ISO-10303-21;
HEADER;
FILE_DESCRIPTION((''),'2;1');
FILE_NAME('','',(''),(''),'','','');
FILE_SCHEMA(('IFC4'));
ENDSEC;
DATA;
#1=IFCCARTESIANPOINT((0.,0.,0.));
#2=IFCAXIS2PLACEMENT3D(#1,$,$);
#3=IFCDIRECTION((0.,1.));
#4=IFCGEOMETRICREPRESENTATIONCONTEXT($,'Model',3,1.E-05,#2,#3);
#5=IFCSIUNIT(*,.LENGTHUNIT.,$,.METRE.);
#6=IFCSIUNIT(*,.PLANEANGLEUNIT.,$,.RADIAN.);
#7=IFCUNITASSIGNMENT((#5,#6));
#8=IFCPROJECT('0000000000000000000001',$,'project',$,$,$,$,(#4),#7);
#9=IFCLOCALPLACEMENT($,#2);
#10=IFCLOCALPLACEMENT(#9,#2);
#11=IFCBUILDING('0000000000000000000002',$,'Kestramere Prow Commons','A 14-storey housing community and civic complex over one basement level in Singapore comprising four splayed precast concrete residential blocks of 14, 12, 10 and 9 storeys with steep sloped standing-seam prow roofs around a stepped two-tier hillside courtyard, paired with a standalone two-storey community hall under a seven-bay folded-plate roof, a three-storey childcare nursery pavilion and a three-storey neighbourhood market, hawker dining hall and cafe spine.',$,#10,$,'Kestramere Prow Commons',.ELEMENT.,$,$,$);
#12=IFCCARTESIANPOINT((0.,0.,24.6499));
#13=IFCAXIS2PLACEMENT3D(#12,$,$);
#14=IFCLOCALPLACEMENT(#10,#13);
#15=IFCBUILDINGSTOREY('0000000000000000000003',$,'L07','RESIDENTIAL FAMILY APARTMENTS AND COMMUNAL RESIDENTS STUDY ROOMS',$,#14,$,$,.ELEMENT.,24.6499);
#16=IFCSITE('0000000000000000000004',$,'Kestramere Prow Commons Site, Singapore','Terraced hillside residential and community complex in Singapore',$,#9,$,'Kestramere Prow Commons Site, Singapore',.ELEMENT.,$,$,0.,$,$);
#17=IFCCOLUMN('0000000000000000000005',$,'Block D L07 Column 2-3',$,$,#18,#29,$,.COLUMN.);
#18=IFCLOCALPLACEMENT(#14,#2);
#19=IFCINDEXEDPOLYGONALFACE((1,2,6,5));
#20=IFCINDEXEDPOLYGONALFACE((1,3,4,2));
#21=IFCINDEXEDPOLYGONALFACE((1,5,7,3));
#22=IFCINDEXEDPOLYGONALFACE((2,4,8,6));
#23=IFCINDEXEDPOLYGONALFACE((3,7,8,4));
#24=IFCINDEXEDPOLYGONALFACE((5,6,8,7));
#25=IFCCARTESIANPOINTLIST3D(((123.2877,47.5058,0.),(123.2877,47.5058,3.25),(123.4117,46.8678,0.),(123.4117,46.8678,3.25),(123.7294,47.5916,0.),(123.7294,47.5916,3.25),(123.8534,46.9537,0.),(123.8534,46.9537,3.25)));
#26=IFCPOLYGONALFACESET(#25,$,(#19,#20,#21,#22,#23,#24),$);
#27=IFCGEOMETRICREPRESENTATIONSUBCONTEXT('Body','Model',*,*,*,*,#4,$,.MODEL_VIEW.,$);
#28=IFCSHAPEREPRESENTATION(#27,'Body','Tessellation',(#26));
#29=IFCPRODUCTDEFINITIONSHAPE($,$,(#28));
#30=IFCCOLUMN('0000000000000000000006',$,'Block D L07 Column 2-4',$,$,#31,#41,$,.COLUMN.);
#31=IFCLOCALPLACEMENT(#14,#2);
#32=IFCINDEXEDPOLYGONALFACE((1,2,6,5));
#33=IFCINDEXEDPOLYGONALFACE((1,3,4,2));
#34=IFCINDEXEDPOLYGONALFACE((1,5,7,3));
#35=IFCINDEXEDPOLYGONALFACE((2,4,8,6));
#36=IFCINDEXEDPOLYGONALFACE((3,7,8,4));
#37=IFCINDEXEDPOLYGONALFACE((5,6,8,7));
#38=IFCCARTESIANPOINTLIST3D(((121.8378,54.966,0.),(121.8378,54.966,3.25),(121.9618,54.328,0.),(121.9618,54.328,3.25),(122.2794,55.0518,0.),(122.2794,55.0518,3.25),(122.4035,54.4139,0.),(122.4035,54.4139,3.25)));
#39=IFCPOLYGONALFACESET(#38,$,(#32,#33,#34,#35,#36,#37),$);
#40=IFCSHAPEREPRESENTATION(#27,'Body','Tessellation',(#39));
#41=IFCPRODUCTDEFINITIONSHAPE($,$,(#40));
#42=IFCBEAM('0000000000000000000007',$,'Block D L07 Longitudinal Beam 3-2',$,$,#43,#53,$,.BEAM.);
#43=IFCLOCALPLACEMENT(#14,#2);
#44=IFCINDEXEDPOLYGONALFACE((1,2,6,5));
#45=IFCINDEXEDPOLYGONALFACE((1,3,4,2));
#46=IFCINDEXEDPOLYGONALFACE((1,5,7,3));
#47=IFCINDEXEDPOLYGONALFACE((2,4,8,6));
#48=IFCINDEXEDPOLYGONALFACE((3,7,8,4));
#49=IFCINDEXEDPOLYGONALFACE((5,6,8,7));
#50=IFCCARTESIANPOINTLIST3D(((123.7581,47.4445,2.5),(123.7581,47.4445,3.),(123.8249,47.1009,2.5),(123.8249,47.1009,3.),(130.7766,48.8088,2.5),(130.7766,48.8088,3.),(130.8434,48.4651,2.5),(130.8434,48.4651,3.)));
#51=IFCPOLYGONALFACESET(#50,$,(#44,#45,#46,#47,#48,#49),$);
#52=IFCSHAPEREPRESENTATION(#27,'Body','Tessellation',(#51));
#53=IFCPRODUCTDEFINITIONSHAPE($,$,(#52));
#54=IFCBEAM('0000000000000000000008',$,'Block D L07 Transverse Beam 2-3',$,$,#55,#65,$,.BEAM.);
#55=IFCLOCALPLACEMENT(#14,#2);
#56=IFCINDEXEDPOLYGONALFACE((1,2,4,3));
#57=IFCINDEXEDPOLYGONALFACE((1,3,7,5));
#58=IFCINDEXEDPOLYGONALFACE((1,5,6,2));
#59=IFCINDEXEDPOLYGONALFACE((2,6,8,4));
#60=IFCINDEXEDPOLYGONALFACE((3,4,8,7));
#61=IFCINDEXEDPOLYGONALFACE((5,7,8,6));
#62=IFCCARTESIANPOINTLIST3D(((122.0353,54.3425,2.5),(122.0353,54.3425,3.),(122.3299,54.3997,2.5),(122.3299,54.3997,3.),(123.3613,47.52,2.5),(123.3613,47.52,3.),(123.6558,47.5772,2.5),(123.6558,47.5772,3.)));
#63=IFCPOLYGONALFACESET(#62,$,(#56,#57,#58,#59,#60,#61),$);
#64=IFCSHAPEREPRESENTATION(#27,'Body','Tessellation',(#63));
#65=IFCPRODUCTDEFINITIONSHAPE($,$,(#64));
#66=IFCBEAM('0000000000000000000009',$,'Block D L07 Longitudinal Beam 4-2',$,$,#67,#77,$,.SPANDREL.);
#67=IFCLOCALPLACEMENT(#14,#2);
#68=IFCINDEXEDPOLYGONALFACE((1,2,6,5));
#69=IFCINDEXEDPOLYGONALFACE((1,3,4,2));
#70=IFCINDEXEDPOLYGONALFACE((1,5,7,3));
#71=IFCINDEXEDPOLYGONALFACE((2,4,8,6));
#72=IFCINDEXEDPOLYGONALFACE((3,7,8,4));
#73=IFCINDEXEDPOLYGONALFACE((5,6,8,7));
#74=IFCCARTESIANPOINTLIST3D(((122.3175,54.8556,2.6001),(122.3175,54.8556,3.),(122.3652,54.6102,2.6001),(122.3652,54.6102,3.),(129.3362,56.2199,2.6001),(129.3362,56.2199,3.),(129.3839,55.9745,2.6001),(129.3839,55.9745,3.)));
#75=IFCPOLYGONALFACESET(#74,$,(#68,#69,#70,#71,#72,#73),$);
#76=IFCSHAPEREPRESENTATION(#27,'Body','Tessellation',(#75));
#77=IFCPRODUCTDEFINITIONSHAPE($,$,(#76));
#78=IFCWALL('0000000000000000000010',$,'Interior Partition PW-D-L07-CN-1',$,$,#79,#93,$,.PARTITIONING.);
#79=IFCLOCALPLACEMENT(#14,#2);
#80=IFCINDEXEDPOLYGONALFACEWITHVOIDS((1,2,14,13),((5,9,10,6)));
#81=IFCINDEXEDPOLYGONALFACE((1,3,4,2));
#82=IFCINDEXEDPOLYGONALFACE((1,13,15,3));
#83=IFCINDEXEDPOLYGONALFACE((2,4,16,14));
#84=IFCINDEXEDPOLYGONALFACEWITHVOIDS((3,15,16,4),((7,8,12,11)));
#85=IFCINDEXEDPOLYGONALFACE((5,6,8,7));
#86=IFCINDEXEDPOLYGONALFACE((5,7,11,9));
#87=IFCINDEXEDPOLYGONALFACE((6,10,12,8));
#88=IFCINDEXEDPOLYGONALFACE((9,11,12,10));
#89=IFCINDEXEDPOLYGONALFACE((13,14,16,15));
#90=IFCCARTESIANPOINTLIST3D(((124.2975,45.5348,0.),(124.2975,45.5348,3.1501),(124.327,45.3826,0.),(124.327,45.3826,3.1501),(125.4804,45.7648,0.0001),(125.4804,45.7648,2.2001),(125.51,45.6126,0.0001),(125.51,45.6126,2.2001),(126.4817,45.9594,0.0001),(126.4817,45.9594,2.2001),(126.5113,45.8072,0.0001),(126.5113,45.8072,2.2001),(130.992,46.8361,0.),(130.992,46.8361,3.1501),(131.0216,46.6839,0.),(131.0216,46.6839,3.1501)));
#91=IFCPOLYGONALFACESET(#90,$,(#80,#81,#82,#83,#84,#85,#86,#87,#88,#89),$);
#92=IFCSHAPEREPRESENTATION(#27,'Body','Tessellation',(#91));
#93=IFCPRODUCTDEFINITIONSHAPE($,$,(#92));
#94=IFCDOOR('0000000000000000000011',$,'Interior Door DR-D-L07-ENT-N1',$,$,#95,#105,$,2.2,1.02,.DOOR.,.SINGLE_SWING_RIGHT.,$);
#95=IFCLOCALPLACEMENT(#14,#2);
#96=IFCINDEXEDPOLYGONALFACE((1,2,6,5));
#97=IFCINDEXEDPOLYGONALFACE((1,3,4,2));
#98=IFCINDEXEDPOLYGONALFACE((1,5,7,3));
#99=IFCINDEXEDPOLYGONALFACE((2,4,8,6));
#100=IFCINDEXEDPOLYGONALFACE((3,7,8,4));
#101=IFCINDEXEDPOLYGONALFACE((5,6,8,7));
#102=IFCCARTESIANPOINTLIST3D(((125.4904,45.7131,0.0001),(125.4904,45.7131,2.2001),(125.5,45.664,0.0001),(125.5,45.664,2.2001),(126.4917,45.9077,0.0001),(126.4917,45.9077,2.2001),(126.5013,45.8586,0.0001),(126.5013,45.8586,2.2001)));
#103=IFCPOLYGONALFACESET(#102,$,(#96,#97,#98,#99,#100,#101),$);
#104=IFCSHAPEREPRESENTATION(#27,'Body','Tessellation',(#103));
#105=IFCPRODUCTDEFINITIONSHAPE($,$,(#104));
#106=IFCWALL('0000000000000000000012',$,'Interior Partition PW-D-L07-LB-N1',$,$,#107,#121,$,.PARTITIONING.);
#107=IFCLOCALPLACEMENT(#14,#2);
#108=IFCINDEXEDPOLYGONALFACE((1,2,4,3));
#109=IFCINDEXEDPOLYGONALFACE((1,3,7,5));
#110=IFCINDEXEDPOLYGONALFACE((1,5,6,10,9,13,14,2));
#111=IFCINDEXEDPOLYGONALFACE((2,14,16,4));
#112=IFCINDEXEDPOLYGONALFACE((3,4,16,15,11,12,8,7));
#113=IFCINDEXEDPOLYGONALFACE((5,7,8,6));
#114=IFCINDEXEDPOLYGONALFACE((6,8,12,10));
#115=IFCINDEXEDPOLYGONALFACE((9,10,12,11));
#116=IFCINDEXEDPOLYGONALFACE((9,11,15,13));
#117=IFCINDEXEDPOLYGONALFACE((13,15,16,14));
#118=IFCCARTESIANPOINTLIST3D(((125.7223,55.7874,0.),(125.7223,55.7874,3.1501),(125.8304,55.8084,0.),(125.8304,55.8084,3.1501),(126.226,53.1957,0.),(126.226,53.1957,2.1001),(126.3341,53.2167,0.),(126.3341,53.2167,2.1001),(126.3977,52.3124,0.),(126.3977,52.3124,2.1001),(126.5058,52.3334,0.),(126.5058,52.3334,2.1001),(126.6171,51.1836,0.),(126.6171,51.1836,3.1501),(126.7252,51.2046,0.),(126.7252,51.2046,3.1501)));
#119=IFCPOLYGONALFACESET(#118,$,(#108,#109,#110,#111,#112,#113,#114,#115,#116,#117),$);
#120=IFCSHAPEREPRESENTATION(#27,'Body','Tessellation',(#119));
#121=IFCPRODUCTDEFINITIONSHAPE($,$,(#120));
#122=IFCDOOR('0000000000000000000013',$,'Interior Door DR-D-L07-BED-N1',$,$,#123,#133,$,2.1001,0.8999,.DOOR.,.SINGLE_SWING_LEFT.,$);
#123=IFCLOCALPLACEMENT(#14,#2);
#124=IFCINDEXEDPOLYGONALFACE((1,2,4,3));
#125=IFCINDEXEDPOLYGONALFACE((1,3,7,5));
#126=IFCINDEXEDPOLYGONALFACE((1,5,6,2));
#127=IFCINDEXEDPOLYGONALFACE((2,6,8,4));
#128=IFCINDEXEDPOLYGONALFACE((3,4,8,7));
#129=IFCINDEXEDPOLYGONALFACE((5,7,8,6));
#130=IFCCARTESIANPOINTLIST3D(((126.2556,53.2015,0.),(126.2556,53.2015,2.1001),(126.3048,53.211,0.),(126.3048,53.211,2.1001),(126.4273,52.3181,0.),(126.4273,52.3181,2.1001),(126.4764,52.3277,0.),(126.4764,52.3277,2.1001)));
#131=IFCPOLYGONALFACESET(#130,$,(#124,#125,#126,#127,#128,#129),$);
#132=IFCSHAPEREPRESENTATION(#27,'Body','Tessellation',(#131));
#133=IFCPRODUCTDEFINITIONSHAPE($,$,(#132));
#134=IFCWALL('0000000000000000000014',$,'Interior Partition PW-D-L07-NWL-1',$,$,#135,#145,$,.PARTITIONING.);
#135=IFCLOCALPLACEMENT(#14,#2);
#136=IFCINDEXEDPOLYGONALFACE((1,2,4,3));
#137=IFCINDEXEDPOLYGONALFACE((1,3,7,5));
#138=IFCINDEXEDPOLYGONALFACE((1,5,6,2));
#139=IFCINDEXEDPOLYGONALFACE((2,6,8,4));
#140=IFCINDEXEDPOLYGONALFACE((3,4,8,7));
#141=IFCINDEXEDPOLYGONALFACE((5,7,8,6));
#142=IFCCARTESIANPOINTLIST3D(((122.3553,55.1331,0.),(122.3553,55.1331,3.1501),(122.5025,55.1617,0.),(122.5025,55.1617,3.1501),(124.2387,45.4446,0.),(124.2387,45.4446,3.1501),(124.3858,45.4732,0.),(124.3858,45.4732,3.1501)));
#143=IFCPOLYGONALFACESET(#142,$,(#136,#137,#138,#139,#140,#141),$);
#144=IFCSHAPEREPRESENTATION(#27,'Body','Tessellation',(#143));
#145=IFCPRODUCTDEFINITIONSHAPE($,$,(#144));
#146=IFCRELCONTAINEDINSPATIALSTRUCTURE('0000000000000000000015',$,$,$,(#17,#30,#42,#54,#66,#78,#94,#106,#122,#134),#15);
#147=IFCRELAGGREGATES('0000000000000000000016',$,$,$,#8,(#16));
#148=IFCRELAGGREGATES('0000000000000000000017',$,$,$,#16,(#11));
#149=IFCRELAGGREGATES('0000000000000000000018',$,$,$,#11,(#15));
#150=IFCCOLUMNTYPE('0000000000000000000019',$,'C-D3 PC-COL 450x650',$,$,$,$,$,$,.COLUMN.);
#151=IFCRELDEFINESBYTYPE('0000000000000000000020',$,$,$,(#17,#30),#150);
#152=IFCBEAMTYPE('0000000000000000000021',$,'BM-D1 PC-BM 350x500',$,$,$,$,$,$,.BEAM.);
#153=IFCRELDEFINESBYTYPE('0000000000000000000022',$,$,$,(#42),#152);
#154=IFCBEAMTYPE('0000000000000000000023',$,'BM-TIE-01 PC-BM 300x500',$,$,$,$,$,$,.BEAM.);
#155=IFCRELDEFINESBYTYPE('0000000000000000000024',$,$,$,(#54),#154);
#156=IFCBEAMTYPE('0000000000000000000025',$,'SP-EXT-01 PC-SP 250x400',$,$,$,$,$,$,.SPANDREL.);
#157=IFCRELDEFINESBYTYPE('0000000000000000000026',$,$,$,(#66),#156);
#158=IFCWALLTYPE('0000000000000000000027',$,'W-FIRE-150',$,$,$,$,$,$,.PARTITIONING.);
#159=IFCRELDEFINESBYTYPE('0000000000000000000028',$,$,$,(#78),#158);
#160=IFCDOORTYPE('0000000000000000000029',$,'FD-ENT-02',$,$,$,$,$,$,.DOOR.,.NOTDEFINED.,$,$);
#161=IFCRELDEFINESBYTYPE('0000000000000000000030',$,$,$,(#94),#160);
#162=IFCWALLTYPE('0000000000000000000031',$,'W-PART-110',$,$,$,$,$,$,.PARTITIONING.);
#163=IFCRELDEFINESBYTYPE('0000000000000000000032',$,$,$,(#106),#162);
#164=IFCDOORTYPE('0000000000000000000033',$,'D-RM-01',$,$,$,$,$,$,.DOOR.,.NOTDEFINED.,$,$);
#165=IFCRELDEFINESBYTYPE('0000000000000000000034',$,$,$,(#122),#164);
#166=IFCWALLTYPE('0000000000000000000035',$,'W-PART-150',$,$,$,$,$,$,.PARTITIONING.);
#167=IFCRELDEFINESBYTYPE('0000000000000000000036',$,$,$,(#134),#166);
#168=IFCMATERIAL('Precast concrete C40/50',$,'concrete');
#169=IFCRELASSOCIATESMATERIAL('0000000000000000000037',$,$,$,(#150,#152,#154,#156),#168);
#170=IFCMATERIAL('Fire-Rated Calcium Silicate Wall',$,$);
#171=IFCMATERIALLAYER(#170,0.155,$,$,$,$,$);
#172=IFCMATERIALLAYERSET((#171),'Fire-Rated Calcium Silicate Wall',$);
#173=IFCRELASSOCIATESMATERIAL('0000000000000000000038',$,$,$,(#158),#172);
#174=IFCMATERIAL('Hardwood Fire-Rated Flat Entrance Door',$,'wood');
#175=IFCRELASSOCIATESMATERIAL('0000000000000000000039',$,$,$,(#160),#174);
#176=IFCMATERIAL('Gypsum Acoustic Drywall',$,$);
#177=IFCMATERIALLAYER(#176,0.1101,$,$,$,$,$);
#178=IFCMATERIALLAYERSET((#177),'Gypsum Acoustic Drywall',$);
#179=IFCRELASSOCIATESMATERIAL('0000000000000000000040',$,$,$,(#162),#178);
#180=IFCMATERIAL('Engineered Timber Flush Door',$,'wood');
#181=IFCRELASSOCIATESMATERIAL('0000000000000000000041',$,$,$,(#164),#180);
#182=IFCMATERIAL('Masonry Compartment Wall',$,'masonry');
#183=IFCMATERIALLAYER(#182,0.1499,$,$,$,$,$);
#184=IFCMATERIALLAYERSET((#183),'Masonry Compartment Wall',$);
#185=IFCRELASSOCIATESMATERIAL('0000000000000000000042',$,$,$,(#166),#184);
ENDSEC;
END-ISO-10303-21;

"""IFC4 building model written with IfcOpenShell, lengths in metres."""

from ifc_helpers import new_model, si_unit, direction, frame, frame_2d, origin, origin_2d, place, context, subcontext, project, spatial, rectangle, extrude, material, layer, layer_set, material_profile, profile_set, type_object, element, fill, save


model = new_model("IFC4")

# Units and contexts
model_context = context("Model", 3, precision=1e-05, world=origin(), true_north=direction((0.0, 1.0)))
body_context = subcontext(model_context, "Body", "Model", "MODEL_VIEW")
ifc_project = project(units=[si_unit("LENGTHUNIT", "METRE"), si_unit("PLANEANGLEUNIT", "RADIAN")], contexts=[model_context])

# Site, building, storey
site_placement = place(None, origin())
site = spatial("IfcSite", under=ifc_project, at=site_placement, Name="Kestramere Prow Commons Site, Singapore", Description="Terraced hillside residential and community complex in Singapore", LongName="Kestramere Prow Commons Site, Singapore", CompositionType="ELEMENT", RefElevation=0.0)
building_placement = place(site_placement, origin())
building = spatial("IfcBuilding", under=site, at=building_placement, Name="Kestramere Prow Commons", Description="A 14-storey housing community and civic complex over one basement level in Singapore comprising four splayed precast concrete residential blocks of 14, 12, 10 and 9 storeys with steep sloped standing-seam prow roofs around a stepped two-tier hillside courtyard, paired with a standalone two-storey community hall under a seven-bay folded-plate roof, a three-storey childcare nursery pavilion and a three-storey neighbourhood market, hawker dining hall and cafe spine.", LongName="Kestramere Prow Commons", CompositionType="ELEMENT")
storey_placement = place(building_placement, frame((0.0, 0.0, 24.6499)))
storey = spatial("IfcBuildingStorey", under=building, at=storey_placement, Name="L07", Description="RESIDENTIAL FAMILY APARTMENTS AND COMMUNAL RESIDENTS STUDY ROOMS", CompositionType="ELEMENT", Elevation=24.6499)

# Columns
ifc_material_1 = material(Name="Precast concrete C40/50", Category="concrete")
ifc_material_profile_1 = material_profile(ifc_material_1, rectangle(XDim=0.45, YDim=0.6499, at=origin_2d()), Name="PC-COL 450x650")
ifc_profile_set_1 = profile_set([ifc_material_profile_1], Name="Precast concrete C40/50")
column_type = type_object("IfcColumnType", Name="C-D3 PC-COL 450x650", PredefinedType="COLUMN", material=ifc_profile_set_1)
for number, where, z_axis, x_axis, name in (
    (1, (123.5706, 47.2297, 0.0), (0.0, 0.0, 1.0), (0.981627, 0.190809, 0.0), "Block D L07 Column 2-3"),
    (2, (122.1206, 54.6899, 0.0), (0.0, 0.0, 1.0), (0.981627, 0.190809, 0.0), "Block D L07 Column 2-4"),
):
    element("IfcColumn", number, at=place(storey_placement, frame(where, z_axis=z_axis, x_axis=x_axis)), inside=storey, type_object=column_type, Name=name, PredefinedType="COLUMN", context=body_context, shape_type="SweptSolid", body=[
        extrude(rectangle(XDim=0.45, YDim=0.6499, at=origin_2d()), origin(), (0.0, 0.0, 1.0), 3.25),
    ])

# Beams
ifc_material_profile_2 = material_profile(ifc_material_1, rectangle(XDim=0.3501, YDim=0.5, at=origin_2d()), Name="PC-BM 350x500")
ifc_profile_set_2 = profile_set([ifc_material_profile_2], Name="Precast concrete C40/50")
beam_type_1 = type_object("IfcBeamType", Name="BM-D1 PC-BM 350x500", PredefinedType="BEAM", material=ifc_profile_set_2)
beam_1_placement = place(storey_placement, frame((123.7915, 47.2727, 2.75), z_axis=(0.981627, 0.190808, 0.0), x_axis=(-0.190808, 0.981627, 0.0)))
element("IfcBeam", 3, at=beam_1_placement, inside=storey, type_object=beam_type_1, Name="Block D L07 Longitudinal Beam 3-2", PredefinedType="BEAM", context=body_context, shape_type="SweptSolid", body=[
    extrude(rectangle(XDim=0.3501, YDim=0.5, at=origin_2d()), origin(), (0.0, 0.0, 1.0), 7.1499),
])
ifc_material_profile_3 = material_profile(ifc_material_1, rectangle(XDim=0.3, YDim=0.5, at=origin_2d()), Name="PC-BM 300x500")
ifc_profile_set_3 = profile_set([ifc_material_profile_3], Name="Precast concrete C40/50")
beam_type_2 = type_object("IfcBeamType", Name="BM-TIE-01 PC-BM 300x500", PredefinedType="BEAM", material=ifc_profile_set_3)
beam_2_placement = place(storey_placement, frame((123.5085, 47.5486, 2.75), z_axis=(-0.190777, 0.981633, 0.0), x_axis=(-0.981633, -0.190777, 0.0)))
element("IfcBeam", 4, at=beam_2_placement, inside=storey, type_object=beam_type_2, Name="Block D L07 Transverse Beam 2-3", PredefinedType="BEAM", context=body_context, shape_type="SweptSolid", body=[
    extrude(rectangle(XDim=0.3, YDim=0.5, at=origin_2d()), origin(), (0.0, 0.0, 1.0), 6.9502),
])
ifc_material_profile_4 = material_profile(ifc_material_1, rectangle(XDim=0.25, YDim=0.3999, at=origin_2d()), Name="PC-SP 250x400")
ifc_profile_set_4 = profile_set([ifc_material_profile_4], Name="Precast concrete C40/50")
beam_type_3 = type_object("IfcBeamType", Name="SP-EXT-01 PC-SP 250x400", PredefinedType="SPANDREL", material=ifc_profile_set_4)
beam_3_placement = place(storey_placement, frame((122.3413, 54.7329, 2.8), z_axis=(0.981629, 0.190801, 0.0), x_axis=(-0.190801, 0.981629, 0.0)))
element("IfcBeam", 5, at=beam_3_placement, inside=storey, type_object=beam_type_3, Name="Block D L07 Longitudinal Beam 4-2", PredefinedType="SPANDREL", context=body_context, shape_type="SweptSolid", body=[
    extrude(rectangle(XDim=0.25, YDim=0.3999, at=origin_2d()), origin(), (0.0, 0.0, 1.0), 7.1501),
])

# Walls, openings, doors
ifc_material_2 = material(Name="Fire-Rated Calcium Silicate Wall")
ifc_layer_1 = layer(ifc_material_2, 0.155)
ifc_layer_set_1 = layer_set([ifc_layer_1], Name="Fire-Rated Calcium Silicate Wall")
wall_type_1 = type_object("IfcWallType", Name="W-FIRE-150", PredefinedType="PARTITIONING", material=ifc_layer_set_1)
wall_1_placement = place(storey_placement, frame((124.3123, 45.4587, 0.0), z_axis=(0.0, 0.0, 1.0), x_axis=(0.981628, 0.190805, 0.0)))
wall_1 = element("IfcWall", 6, at=wall_1_placement, inside=storey, type_object=wall_type_1, Name="Interior Partition PW-D-L07-CN-1", PredefinedType="PARTITIONING", context=body_context, shape_type="SweptSolid", body=[
    extrude(rectangle(XDim=6.8198, YDim=0.155, at=frame_2d((3.4099, 0.0))), origin(), (0.0, 0.0, 1.0), 3.1501),
])
opening_1_placement = place(wall_1_placement, frame((1.2051, 0.0, 0.0)))
opening_1 = element("IfcOpeningElement", 7, at=opening_1_placement, cuts=wall_1, PredefinedType="OPENING", context=body_context, shape_type="SweptSolid", body=[
    extrude(rectangle(XDim=1.02, YDim=2.2, at=frame_2d((0.51, 1.1001))), frame((0.0, 0.0925, 0.0), z_axis=(0.0, -1.0, 0.0), x_axis=(1.0, 0.0, 0.0)), (0.0, 0.0, 1.0), 0.1851),
])
ifc_material_3 = material(Name="Hardwood Fire-Rated Flat Entrance Door", Category="wood")
door_type_1 = type_object("IfcDoorType", Name="FD-ENT-02", OperationType="NOTDEFINED", PredefinedType="DOOR", material=ifc_material_3)
door_1_placement = place(opening_1_placement, origin())
door_1 = element("IfcDoor", 8, at=door_1_placement, inside=storey, type_object=door_type_1, Name="Interior Door DR-D-L07-ENT-N1", OperationType="SINGLE_SWING_RIGHT", OverallHeight=2.2, OverallWidth=1.02, PredefinedType="DOOR", context=body_context, shape_type="SweptSolid", body=[
    extrude(rectangle(XDim=1.02, YDim=2.2, at=frame_2d((0.51, 1.1001))), frame((0.0, 0.0249, 0.0), z_axis=(0.0, -1.0, 0.0), x_axis=(1.0, 0.0, 0.0)), (0.0, 0.0, 1.0), 0.05),
])
fill(opening_1, door_1)
ifc_material_4 = material(Name="Gypsum Acoustic Drywall")
ifc_layer_2 = layer(ifc_material_4, 0.1101)
ifc_layer_set_2 = layer_set([ifc_layer_2], Name="Gypsum Acoustic Drywall")
wall_type_2 = type_object("IfcWallType", Name="W-PART-110", PredefinedType="PARTITIONING", material=ifc_layer_set_2)
wall_2_placement = place(storey_placement, frame((126.6711, 51.1941, 0.0), z_axis=(0.0, 0.0, 1.0), x_axis=(-0.190787, 0.981631, 0.0)))
wall_2 = element("IfcWall", 9, at=wall_2_placement, inside=storey, type_object=wall_type_2, Name="Interior Partition PW-D-L07-LB-N1", PredefinedType="PARTITIONING", context=body_context, shape_type="SweptSolid", body=[
    extrude(rectangle(XDim=4.6899, YDim=0.1101, at=frame_2d((2.345, 0.0))), origin(), (0.0, 0.0, 1.0), 3.1501),
])
opening_2_placement = place(wall_2_placement, frame((1.1499, 0.0, 0.0)))
opening_2 = element("IfcOpeningElement", 10, at=opening_2_placement, cuts=wall_2, PredefinedType="OPENING", context=body_context, shape_type="SweptSolid", body=[
    extrude(rectangle(XDim=0.8999, YDim=2.1001, at=frame_2d((0.45, 1.05))), frame((0.0, 0.0701, 0.0), z_axis=(0.0, -1.0, 0.0), x_axis=(1.0, 0.0, 0.0)), (0.0, 0.0, 1.0), 0.1401),
])
ifc_material_5 = material(Name="Engineered Timber Flush Door", Category="wood")
door_type_2 = type_object("IfcDoorType", Name="D-RM-01", OperationType="NOTDEFINED", PredefinedType="DOOR", material=ifc_material_5)
door_2_placement = place(opening_2_placement, origin())
door_2 = element("IfcDoor", 11, at=door_2_placement, inside=storey, type_object=door_type_2, Name="Interior Door DR-D-L07-BED-N1", OperationType="SINGLE_SWING_LEFT", OverallHeight=2.1001, OverallWidth=0.8999, PredefinedType="DOOR", context=body_context, shape_type="SweptSolid", body=[
    extrude(rectangle(XDim=0.8999, YDim=2.1001, at=frame_2d((0.45, 1.05))), frame((0.0, 0.0249, 0.0), z_axis=(0.0, -1.0, 0.0), x_axis=(1.0, 0.0, 0.0)), (0.0, 0.0, 1.0), 0.05),
])
fill(opening_2, door_2)

# Wall
ifc_material_6 = material(Name="Masonry Compartment Wall", Category="masonry")
ifc_layer_3 = layer(ifc_material_6, 0.1499)
ifc_layer_set_3 = layer_set([ifc_layer_3], Name="Masonry Compartment Wall")
wall_type_3 = type_object("IfcWallType", Name="W-PART-150", PredefinedType="PARTITIONING", material=ifc_layer_set_3)
wall_3_placement = place(storey_placement, frame((124.3123, 45.4587, 0.0), z_axis=(0.0, 0.0, 1.0), x_axis=(-0.190814, 0.981626, 0.0)))
element("IfcWall", 12, at=wall_3_placement, inside=storey, type_object=wall_type_3, Name="Interior Partition PW-D-L07-NWL-1", PredefinedType="PARTITIONING", context=body_context, shape_type="SweptSolid", body=[
    extrude(rectangle(XDim=9.8699, YDim=0.1499, at=frame_2d((4.9351, 0.0))), origin(), (0.0, 0.0, 1.0), 3.1501),
])

save(model, "model.ifc")
